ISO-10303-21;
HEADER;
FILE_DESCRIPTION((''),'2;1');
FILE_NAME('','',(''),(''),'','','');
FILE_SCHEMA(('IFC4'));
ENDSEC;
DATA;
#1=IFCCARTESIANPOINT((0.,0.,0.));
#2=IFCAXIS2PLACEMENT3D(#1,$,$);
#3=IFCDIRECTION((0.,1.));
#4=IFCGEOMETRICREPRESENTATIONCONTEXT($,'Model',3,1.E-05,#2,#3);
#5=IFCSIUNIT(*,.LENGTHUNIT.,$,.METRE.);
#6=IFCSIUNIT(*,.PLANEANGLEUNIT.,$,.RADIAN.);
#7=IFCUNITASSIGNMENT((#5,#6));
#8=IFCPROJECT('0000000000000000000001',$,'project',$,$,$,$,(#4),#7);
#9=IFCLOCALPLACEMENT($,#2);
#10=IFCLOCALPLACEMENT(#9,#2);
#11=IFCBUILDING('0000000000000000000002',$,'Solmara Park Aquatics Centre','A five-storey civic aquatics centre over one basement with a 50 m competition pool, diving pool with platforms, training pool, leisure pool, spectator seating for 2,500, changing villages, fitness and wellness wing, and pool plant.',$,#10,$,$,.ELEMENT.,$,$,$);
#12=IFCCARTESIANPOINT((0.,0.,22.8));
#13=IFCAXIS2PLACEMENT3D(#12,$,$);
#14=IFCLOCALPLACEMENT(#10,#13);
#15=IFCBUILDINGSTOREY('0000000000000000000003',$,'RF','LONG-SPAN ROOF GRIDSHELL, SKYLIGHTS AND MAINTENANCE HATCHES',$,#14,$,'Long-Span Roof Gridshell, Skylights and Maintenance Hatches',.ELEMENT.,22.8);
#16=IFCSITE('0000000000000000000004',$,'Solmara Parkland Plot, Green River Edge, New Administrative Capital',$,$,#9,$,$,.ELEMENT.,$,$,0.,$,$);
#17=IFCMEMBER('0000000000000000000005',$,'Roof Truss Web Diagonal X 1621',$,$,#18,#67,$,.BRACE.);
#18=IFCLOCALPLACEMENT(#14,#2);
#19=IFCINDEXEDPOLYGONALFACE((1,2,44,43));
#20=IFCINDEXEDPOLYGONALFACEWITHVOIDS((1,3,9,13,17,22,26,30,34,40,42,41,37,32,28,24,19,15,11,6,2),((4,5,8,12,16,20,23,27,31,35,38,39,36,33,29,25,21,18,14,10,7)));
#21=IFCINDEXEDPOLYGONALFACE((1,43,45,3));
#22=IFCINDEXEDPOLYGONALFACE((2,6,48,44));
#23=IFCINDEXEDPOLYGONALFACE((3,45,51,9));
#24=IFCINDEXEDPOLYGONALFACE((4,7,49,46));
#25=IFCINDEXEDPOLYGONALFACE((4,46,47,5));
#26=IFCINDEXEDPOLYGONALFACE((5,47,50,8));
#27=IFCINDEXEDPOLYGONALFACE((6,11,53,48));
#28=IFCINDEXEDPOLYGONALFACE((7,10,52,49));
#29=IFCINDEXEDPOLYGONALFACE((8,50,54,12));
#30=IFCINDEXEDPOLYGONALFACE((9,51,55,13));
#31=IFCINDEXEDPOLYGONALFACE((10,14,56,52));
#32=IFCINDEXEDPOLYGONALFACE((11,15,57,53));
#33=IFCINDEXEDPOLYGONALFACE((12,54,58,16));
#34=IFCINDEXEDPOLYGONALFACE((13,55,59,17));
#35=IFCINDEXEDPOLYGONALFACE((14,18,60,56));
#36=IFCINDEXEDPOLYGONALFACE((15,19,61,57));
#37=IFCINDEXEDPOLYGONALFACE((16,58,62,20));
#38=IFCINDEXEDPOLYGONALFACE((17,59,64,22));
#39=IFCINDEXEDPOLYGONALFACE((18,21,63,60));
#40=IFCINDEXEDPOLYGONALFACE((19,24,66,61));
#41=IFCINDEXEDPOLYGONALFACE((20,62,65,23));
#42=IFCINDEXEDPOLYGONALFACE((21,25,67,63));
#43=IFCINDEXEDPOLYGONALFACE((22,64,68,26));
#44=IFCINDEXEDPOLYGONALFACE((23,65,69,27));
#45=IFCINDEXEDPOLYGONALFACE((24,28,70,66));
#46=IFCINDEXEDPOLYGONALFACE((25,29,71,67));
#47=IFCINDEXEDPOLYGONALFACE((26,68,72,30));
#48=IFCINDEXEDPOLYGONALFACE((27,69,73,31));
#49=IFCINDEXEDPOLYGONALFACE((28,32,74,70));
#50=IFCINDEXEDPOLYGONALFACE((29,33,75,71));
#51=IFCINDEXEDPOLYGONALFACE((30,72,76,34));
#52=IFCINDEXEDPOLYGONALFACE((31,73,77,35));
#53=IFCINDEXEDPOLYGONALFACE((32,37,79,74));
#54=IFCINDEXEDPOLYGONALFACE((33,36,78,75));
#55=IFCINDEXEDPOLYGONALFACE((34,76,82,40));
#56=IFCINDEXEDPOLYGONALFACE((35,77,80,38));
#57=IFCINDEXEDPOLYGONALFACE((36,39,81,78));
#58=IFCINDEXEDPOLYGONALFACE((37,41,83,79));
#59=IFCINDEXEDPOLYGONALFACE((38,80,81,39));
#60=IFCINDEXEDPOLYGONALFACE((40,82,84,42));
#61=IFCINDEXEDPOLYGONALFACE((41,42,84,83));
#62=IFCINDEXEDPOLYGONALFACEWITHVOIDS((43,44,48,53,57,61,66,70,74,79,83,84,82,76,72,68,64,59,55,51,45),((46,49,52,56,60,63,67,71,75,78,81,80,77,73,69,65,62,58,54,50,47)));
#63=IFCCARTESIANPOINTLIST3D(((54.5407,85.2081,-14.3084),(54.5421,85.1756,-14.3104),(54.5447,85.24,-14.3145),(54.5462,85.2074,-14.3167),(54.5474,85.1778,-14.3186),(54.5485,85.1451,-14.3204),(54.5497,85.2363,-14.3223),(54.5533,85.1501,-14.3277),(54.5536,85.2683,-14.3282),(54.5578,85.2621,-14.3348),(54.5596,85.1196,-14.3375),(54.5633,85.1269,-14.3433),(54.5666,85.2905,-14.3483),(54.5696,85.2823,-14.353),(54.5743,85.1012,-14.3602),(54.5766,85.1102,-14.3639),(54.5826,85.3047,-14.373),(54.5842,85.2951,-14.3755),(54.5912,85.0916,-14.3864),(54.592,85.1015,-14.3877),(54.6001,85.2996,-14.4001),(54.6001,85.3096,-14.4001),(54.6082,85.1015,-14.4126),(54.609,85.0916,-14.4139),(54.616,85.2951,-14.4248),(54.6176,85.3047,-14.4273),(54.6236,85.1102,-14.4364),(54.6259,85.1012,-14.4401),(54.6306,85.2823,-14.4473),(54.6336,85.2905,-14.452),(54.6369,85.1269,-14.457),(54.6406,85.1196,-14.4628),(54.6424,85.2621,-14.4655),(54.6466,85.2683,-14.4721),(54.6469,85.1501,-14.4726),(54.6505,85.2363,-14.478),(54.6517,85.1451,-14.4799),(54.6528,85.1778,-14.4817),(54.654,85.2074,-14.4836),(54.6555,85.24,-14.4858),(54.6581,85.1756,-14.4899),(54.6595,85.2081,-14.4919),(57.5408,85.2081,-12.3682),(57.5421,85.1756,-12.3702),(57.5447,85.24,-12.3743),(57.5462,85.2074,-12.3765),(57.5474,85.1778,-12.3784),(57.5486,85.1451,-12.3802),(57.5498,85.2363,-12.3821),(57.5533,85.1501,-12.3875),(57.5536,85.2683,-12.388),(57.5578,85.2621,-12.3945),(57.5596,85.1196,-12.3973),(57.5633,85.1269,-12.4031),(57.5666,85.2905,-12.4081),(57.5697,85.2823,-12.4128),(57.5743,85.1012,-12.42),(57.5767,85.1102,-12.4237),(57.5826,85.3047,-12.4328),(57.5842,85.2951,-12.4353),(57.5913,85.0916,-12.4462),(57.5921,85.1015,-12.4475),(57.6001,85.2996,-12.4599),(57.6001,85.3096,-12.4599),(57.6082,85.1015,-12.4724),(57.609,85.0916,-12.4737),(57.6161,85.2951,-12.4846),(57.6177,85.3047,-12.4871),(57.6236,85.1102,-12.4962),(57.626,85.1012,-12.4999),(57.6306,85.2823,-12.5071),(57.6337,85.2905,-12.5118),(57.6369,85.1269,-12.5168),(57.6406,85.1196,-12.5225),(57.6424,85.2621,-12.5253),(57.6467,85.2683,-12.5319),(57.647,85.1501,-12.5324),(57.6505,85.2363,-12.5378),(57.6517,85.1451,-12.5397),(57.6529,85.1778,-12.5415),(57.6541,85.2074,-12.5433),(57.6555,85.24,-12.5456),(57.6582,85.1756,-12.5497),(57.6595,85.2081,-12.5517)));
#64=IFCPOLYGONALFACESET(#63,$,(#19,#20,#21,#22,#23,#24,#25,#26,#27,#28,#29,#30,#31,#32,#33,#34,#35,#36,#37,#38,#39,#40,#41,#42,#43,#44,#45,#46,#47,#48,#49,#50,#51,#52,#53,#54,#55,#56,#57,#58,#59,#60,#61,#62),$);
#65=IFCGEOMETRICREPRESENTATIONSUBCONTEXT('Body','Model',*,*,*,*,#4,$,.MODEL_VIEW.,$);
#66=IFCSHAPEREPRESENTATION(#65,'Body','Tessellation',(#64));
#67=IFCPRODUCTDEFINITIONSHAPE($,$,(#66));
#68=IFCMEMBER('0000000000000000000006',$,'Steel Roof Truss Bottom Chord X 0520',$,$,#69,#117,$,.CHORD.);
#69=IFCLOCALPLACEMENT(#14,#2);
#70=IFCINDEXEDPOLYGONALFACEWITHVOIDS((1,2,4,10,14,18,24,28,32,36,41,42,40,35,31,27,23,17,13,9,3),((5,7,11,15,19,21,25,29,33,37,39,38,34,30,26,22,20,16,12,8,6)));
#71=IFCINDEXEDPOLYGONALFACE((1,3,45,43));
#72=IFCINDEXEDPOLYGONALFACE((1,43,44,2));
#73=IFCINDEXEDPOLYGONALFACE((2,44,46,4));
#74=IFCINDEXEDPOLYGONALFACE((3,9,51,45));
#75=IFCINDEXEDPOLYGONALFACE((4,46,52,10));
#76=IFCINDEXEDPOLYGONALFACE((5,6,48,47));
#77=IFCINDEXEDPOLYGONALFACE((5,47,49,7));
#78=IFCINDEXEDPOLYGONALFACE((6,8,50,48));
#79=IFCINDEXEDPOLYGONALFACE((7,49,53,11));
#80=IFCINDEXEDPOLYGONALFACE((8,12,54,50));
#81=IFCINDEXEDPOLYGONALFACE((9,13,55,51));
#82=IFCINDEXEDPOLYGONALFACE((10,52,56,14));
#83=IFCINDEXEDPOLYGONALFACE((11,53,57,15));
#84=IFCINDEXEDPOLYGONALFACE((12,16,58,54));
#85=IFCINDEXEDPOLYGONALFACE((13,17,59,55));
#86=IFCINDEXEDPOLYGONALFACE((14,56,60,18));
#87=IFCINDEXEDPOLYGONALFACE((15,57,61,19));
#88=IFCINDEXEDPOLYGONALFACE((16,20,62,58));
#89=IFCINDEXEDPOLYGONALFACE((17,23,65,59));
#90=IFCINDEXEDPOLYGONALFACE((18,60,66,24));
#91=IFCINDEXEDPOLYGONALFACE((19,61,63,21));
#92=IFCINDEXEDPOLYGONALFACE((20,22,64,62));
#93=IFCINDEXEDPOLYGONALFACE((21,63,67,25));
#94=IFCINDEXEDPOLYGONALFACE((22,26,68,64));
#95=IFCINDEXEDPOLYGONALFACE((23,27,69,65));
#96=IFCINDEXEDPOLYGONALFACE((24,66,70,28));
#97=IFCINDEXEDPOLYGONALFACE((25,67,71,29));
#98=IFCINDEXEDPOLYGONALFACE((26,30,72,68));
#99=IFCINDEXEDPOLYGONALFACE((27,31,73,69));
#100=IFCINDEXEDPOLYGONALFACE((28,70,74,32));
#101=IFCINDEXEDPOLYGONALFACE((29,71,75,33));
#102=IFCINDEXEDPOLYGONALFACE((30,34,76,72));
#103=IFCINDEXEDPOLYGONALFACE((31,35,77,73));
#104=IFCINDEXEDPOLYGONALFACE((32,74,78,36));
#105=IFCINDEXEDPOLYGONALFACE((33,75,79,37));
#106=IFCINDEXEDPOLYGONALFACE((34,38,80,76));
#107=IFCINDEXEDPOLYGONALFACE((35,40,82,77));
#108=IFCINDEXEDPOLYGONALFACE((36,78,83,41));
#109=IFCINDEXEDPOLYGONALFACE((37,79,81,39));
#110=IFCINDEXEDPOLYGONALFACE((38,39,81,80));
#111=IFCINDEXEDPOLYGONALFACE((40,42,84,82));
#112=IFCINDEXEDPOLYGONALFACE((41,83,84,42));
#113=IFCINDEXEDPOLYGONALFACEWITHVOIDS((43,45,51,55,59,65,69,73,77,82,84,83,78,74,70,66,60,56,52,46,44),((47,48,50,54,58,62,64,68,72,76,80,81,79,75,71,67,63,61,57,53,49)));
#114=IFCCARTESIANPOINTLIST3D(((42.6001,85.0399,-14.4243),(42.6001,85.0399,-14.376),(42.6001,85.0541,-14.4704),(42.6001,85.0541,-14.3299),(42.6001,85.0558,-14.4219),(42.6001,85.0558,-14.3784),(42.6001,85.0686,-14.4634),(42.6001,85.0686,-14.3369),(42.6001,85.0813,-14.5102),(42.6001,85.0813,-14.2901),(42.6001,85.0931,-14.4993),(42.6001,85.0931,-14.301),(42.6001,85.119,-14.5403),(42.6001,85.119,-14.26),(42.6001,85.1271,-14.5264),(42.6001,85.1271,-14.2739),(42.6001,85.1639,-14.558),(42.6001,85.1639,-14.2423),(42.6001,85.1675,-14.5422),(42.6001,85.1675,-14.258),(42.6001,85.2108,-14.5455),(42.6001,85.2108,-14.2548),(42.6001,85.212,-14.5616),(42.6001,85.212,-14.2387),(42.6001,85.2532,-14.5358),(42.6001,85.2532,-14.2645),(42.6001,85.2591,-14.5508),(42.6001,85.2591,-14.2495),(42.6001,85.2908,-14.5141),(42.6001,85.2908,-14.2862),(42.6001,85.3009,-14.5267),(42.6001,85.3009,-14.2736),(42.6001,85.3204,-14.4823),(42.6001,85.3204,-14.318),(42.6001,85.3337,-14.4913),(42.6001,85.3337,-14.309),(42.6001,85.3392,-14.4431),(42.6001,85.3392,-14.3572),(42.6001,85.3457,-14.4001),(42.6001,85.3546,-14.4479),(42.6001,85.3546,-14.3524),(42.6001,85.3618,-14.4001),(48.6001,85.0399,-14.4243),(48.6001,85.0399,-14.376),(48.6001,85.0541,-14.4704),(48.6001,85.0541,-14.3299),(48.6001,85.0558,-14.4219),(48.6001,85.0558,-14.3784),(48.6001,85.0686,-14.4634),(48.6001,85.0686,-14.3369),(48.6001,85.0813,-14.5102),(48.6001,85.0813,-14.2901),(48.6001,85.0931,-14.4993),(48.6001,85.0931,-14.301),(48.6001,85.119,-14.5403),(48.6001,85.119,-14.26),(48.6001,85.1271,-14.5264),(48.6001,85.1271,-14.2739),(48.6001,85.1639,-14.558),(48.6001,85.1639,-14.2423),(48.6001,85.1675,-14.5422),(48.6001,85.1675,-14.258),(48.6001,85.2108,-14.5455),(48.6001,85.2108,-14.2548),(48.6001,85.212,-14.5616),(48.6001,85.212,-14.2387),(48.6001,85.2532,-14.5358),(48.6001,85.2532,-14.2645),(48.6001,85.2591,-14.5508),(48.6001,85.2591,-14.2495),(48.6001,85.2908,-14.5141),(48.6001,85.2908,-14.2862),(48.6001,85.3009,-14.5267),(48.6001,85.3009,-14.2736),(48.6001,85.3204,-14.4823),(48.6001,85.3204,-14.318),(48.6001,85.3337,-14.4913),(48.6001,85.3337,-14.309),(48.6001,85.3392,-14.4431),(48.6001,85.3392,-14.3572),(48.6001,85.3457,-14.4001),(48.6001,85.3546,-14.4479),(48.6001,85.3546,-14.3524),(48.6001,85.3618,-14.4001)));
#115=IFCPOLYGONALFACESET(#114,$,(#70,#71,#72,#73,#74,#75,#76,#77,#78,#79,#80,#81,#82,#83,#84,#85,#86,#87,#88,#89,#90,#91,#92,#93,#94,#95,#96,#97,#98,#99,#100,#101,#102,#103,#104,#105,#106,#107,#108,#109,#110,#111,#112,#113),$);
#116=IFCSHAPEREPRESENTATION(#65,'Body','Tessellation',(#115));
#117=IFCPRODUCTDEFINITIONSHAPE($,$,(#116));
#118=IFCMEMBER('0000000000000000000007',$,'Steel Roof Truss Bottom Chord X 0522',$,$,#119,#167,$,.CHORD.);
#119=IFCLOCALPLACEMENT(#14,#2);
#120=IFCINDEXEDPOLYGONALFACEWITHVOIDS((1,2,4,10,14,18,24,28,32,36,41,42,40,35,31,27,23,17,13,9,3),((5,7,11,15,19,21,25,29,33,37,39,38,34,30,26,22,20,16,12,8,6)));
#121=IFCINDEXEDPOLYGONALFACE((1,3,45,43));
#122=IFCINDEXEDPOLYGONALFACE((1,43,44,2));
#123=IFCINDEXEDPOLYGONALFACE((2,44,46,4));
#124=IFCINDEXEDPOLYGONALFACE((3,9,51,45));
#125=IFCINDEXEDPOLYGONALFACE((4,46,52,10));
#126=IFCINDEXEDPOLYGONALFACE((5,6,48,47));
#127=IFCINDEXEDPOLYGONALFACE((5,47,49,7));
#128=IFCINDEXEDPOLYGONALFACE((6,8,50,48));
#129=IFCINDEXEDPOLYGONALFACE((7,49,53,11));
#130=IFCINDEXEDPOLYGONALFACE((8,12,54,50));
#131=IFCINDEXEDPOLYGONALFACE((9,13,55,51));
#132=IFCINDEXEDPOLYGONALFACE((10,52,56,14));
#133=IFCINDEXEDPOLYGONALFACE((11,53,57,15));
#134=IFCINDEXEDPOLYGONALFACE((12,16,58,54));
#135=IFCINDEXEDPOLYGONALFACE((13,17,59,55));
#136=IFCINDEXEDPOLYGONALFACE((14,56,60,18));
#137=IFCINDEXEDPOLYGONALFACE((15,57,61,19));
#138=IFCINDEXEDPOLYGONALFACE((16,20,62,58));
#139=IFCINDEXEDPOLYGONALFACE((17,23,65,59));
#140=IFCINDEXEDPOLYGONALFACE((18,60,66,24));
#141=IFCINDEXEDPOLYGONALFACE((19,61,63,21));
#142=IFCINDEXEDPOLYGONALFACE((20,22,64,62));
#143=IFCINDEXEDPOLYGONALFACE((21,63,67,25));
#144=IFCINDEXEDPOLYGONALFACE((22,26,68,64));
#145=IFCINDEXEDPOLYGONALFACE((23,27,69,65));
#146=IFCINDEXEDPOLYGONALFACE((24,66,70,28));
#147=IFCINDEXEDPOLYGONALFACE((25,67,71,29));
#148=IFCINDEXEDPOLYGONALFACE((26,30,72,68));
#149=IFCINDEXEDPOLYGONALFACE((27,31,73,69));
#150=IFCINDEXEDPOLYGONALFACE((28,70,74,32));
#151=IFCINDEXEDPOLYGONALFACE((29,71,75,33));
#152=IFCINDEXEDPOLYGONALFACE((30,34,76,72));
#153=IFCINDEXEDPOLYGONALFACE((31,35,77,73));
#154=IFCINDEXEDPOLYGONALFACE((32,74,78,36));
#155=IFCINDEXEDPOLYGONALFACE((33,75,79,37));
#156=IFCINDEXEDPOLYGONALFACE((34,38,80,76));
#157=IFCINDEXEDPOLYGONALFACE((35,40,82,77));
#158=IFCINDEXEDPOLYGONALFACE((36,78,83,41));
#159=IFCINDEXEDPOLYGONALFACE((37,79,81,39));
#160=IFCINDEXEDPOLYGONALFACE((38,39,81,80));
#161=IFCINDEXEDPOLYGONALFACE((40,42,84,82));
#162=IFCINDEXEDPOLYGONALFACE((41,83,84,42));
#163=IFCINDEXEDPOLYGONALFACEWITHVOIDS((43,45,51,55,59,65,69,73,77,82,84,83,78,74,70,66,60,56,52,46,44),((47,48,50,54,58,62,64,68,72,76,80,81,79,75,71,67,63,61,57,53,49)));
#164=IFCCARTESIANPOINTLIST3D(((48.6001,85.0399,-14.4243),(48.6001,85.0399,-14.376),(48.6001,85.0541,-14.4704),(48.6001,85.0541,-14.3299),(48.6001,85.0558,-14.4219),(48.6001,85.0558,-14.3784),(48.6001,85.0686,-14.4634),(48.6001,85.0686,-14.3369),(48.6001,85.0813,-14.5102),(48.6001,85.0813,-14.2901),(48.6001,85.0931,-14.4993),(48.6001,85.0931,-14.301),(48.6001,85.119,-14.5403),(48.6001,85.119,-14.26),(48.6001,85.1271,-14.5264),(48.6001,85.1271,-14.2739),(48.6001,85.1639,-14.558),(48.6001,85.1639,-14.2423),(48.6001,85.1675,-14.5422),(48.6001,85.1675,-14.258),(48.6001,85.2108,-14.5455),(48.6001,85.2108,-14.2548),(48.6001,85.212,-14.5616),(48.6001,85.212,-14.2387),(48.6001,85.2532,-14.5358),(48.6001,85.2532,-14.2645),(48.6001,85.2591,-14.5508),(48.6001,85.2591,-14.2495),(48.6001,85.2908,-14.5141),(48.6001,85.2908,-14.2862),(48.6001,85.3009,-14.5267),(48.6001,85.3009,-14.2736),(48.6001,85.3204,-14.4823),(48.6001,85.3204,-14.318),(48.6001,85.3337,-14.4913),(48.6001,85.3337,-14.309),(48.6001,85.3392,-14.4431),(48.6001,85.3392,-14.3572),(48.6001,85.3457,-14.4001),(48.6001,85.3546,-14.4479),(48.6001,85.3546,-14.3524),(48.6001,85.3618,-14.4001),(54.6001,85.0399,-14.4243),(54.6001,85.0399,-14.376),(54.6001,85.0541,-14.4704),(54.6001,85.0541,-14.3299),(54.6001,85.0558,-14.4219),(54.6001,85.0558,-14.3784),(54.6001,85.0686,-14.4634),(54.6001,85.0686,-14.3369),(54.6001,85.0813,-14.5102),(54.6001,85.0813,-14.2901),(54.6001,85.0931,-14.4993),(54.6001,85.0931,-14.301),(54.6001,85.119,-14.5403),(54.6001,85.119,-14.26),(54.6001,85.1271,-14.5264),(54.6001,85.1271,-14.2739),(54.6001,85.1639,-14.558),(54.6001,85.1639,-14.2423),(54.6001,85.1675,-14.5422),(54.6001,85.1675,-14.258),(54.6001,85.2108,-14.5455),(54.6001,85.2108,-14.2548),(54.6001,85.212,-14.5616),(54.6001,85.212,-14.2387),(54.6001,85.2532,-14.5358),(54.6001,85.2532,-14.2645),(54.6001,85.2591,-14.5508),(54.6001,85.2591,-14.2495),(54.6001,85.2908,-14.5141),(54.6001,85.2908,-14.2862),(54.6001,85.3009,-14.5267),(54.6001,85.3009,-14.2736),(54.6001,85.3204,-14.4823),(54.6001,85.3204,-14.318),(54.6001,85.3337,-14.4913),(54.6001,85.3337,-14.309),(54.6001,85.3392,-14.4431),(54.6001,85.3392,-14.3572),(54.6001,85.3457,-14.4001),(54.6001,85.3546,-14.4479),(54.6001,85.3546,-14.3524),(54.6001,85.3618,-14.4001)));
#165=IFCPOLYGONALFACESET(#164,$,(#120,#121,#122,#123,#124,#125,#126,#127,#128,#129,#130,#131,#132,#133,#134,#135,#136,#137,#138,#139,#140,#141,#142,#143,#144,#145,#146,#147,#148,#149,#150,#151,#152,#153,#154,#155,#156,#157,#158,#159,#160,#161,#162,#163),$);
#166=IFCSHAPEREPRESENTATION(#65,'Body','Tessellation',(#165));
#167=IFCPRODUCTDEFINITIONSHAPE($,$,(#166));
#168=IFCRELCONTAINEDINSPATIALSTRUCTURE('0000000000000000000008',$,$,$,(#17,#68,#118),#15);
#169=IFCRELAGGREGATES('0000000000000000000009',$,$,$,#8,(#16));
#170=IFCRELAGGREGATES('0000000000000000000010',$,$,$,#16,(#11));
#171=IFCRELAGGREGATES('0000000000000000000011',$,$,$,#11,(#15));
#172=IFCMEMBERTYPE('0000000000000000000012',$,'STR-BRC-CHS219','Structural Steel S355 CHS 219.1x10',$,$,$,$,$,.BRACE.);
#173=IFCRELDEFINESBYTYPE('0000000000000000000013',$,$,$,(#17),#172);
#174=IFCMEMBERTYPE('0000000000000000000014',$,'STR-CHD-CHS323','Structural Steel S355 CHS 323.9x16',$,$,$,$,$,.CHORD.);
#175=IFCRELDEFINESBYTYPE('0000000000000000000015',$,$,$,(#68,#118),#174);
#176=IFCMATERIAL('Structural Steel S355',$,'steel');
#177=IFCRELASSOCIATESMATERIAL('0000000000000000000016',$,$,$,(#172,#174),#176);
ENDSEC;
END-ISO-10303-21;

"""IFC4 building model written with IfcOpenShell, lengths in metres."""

from ifc_helpers import new_model, si_unit, direction, frame, origin, origin_2d, place, context, subcontext, project, spatial, hollow_circle, extrude, material, material_profile, profile_set, type_object, element, save


model = new_model("IFC4")

# Units and contexts
model_context = context("Model", 3, precision=1e-05, world=origin(), true_north=direction((0.0, 1.0)))
body_context = subcontext(model_context, "Body", "Model", "MODEL_VIEW")
ifc_project = project(units=[si_unit("LENGTHUNIT", "METRE"), si_unit("PLANEANGLEUNIT", "RADIAN")], contexts=[model_context])

# Site, building, storey
site_placement = place(None, origin())
site = spatial("IfcSite", under=ifc_project, at=site_placement, Name="Solmara Parkland Plot, Green River Edge, New Administrative Capital", CompositionType="ELEMENT", RefElevation=0.0)
building_placement = place(site_placement, origin())
building = spatial("IfcBuilding", under=site, at=building_placement, Name="Solmara Park Aquatics Centre", Description="A five-storey civic aquatics centre over one basement with a 50 m competition pool, diving pool with platforms, training pool, leisure pool, spectator seating for 2,500, changing villages, fitness and wellness wing, and pool plant.", CompositionType="ELEMENT")
storey_placement = place(building_placement, frame((0.0, 0.0, 22.8)))
storey = spatial("IfcBuildingStorey", under=building, at=storey_placement, Name="RF", Description="LONG-SPAN ROOF GRIDSHELL, SKYLIGHTS AND MAINTENANCE HATCHES", LongName="Long-Span Roof Gridshell, Skylights and Maintenance Hatches", CompositionType="ELEMENT", Elevation=22.8)

# Members
ifc_material_1 = material(Name="Structural Steel S355", Category="steel")
ifc_material_profile_1 = material_profile(ifc_material_1, hollow_circle(Radius=0.1096, WallThickness=0.01, at=origin_2d()), Name="CHS 219.1x10")
ifc_profile_set_1 = profile_set([ifc_material_profile_1], Name="Structural Steel S355")
member_type_1 = type_object("IfcMemberType", Name="STR-BRC-CHS219", Description="Structural Steel S355 CHS 219.1x10", PredefinedType="BRACE", material=ifc_profile_set_1)
for number, where, z_axis, x_axis, name in (
    (1, (54.6001, 85.2, -14.4001), (0.839697, 0.0, 0.543056), (0.0, 1.0, 0.0), "Roof Truss Web Diagonal X 1621"),
):
    element("IfcMember", number, at=place(storey_placement, frame(where, z_axis=z_axis, x_axis=x_axis)), inside=storey, type_object=member_type_1, Name=name, PredefinedType="BRACE", context=body_context, shape_type="SweptSolid", body=[
        extrude(hollow_circle(Radius=0.1096, WallThickness=0.01, at=origin_2d()), origin(), (0.0, 0.0, 1.0), 3.5728),
    ])
ifc_material_profile_2 = material_profile(ifc_material_1, hollow_circle(Radius=0.1619, WallThickness=0.0161, at=origin_2d()), Name="CHS 323.9x16")
ifc_profile_set_2 = profile_set([ifc_material_profile_2], Name="Structural Steel S355")
member_type_2 = type_object("IfcMemberType", Name="STR-CHD-CHS323", Description="Structural Steel S355 CHS 323.9x16", PredefinedType="CHORD", material=ifc_profile_set_2)
for number, where, z_axis, x_axis, name in (
    (2, (42.6001, 85.2, -14.4001), (1.0, 0.0, 0.0), (0.0, 1.0, 0.0), "Steel Roof Truss Bottom Chord X 0520"),
    (3, (48.6001, 85.2, -14.4001), (1.0, 0.0, 0.0), (0.0, 1.0, 0.0), "Steel Roof Truss Bottom Chord X 0522"),
):
    element("IfcMember", number, at=place(storey_placement, frame(where, z_axis=z_axis, x_axis=x_axis)), inside=storey, type_object=member_type_2, Name=name, PredefinedType="CHORD", context=body_context, shape_type="SweptSolid", body=[
        extrude(hollow_circle(Radius=0.1619, WallThickness=0.0161, at=origin_2d()), origin(), (0.0, 0.0, 1.0), 6.0),
    ])

save(model, "model.ifc")
